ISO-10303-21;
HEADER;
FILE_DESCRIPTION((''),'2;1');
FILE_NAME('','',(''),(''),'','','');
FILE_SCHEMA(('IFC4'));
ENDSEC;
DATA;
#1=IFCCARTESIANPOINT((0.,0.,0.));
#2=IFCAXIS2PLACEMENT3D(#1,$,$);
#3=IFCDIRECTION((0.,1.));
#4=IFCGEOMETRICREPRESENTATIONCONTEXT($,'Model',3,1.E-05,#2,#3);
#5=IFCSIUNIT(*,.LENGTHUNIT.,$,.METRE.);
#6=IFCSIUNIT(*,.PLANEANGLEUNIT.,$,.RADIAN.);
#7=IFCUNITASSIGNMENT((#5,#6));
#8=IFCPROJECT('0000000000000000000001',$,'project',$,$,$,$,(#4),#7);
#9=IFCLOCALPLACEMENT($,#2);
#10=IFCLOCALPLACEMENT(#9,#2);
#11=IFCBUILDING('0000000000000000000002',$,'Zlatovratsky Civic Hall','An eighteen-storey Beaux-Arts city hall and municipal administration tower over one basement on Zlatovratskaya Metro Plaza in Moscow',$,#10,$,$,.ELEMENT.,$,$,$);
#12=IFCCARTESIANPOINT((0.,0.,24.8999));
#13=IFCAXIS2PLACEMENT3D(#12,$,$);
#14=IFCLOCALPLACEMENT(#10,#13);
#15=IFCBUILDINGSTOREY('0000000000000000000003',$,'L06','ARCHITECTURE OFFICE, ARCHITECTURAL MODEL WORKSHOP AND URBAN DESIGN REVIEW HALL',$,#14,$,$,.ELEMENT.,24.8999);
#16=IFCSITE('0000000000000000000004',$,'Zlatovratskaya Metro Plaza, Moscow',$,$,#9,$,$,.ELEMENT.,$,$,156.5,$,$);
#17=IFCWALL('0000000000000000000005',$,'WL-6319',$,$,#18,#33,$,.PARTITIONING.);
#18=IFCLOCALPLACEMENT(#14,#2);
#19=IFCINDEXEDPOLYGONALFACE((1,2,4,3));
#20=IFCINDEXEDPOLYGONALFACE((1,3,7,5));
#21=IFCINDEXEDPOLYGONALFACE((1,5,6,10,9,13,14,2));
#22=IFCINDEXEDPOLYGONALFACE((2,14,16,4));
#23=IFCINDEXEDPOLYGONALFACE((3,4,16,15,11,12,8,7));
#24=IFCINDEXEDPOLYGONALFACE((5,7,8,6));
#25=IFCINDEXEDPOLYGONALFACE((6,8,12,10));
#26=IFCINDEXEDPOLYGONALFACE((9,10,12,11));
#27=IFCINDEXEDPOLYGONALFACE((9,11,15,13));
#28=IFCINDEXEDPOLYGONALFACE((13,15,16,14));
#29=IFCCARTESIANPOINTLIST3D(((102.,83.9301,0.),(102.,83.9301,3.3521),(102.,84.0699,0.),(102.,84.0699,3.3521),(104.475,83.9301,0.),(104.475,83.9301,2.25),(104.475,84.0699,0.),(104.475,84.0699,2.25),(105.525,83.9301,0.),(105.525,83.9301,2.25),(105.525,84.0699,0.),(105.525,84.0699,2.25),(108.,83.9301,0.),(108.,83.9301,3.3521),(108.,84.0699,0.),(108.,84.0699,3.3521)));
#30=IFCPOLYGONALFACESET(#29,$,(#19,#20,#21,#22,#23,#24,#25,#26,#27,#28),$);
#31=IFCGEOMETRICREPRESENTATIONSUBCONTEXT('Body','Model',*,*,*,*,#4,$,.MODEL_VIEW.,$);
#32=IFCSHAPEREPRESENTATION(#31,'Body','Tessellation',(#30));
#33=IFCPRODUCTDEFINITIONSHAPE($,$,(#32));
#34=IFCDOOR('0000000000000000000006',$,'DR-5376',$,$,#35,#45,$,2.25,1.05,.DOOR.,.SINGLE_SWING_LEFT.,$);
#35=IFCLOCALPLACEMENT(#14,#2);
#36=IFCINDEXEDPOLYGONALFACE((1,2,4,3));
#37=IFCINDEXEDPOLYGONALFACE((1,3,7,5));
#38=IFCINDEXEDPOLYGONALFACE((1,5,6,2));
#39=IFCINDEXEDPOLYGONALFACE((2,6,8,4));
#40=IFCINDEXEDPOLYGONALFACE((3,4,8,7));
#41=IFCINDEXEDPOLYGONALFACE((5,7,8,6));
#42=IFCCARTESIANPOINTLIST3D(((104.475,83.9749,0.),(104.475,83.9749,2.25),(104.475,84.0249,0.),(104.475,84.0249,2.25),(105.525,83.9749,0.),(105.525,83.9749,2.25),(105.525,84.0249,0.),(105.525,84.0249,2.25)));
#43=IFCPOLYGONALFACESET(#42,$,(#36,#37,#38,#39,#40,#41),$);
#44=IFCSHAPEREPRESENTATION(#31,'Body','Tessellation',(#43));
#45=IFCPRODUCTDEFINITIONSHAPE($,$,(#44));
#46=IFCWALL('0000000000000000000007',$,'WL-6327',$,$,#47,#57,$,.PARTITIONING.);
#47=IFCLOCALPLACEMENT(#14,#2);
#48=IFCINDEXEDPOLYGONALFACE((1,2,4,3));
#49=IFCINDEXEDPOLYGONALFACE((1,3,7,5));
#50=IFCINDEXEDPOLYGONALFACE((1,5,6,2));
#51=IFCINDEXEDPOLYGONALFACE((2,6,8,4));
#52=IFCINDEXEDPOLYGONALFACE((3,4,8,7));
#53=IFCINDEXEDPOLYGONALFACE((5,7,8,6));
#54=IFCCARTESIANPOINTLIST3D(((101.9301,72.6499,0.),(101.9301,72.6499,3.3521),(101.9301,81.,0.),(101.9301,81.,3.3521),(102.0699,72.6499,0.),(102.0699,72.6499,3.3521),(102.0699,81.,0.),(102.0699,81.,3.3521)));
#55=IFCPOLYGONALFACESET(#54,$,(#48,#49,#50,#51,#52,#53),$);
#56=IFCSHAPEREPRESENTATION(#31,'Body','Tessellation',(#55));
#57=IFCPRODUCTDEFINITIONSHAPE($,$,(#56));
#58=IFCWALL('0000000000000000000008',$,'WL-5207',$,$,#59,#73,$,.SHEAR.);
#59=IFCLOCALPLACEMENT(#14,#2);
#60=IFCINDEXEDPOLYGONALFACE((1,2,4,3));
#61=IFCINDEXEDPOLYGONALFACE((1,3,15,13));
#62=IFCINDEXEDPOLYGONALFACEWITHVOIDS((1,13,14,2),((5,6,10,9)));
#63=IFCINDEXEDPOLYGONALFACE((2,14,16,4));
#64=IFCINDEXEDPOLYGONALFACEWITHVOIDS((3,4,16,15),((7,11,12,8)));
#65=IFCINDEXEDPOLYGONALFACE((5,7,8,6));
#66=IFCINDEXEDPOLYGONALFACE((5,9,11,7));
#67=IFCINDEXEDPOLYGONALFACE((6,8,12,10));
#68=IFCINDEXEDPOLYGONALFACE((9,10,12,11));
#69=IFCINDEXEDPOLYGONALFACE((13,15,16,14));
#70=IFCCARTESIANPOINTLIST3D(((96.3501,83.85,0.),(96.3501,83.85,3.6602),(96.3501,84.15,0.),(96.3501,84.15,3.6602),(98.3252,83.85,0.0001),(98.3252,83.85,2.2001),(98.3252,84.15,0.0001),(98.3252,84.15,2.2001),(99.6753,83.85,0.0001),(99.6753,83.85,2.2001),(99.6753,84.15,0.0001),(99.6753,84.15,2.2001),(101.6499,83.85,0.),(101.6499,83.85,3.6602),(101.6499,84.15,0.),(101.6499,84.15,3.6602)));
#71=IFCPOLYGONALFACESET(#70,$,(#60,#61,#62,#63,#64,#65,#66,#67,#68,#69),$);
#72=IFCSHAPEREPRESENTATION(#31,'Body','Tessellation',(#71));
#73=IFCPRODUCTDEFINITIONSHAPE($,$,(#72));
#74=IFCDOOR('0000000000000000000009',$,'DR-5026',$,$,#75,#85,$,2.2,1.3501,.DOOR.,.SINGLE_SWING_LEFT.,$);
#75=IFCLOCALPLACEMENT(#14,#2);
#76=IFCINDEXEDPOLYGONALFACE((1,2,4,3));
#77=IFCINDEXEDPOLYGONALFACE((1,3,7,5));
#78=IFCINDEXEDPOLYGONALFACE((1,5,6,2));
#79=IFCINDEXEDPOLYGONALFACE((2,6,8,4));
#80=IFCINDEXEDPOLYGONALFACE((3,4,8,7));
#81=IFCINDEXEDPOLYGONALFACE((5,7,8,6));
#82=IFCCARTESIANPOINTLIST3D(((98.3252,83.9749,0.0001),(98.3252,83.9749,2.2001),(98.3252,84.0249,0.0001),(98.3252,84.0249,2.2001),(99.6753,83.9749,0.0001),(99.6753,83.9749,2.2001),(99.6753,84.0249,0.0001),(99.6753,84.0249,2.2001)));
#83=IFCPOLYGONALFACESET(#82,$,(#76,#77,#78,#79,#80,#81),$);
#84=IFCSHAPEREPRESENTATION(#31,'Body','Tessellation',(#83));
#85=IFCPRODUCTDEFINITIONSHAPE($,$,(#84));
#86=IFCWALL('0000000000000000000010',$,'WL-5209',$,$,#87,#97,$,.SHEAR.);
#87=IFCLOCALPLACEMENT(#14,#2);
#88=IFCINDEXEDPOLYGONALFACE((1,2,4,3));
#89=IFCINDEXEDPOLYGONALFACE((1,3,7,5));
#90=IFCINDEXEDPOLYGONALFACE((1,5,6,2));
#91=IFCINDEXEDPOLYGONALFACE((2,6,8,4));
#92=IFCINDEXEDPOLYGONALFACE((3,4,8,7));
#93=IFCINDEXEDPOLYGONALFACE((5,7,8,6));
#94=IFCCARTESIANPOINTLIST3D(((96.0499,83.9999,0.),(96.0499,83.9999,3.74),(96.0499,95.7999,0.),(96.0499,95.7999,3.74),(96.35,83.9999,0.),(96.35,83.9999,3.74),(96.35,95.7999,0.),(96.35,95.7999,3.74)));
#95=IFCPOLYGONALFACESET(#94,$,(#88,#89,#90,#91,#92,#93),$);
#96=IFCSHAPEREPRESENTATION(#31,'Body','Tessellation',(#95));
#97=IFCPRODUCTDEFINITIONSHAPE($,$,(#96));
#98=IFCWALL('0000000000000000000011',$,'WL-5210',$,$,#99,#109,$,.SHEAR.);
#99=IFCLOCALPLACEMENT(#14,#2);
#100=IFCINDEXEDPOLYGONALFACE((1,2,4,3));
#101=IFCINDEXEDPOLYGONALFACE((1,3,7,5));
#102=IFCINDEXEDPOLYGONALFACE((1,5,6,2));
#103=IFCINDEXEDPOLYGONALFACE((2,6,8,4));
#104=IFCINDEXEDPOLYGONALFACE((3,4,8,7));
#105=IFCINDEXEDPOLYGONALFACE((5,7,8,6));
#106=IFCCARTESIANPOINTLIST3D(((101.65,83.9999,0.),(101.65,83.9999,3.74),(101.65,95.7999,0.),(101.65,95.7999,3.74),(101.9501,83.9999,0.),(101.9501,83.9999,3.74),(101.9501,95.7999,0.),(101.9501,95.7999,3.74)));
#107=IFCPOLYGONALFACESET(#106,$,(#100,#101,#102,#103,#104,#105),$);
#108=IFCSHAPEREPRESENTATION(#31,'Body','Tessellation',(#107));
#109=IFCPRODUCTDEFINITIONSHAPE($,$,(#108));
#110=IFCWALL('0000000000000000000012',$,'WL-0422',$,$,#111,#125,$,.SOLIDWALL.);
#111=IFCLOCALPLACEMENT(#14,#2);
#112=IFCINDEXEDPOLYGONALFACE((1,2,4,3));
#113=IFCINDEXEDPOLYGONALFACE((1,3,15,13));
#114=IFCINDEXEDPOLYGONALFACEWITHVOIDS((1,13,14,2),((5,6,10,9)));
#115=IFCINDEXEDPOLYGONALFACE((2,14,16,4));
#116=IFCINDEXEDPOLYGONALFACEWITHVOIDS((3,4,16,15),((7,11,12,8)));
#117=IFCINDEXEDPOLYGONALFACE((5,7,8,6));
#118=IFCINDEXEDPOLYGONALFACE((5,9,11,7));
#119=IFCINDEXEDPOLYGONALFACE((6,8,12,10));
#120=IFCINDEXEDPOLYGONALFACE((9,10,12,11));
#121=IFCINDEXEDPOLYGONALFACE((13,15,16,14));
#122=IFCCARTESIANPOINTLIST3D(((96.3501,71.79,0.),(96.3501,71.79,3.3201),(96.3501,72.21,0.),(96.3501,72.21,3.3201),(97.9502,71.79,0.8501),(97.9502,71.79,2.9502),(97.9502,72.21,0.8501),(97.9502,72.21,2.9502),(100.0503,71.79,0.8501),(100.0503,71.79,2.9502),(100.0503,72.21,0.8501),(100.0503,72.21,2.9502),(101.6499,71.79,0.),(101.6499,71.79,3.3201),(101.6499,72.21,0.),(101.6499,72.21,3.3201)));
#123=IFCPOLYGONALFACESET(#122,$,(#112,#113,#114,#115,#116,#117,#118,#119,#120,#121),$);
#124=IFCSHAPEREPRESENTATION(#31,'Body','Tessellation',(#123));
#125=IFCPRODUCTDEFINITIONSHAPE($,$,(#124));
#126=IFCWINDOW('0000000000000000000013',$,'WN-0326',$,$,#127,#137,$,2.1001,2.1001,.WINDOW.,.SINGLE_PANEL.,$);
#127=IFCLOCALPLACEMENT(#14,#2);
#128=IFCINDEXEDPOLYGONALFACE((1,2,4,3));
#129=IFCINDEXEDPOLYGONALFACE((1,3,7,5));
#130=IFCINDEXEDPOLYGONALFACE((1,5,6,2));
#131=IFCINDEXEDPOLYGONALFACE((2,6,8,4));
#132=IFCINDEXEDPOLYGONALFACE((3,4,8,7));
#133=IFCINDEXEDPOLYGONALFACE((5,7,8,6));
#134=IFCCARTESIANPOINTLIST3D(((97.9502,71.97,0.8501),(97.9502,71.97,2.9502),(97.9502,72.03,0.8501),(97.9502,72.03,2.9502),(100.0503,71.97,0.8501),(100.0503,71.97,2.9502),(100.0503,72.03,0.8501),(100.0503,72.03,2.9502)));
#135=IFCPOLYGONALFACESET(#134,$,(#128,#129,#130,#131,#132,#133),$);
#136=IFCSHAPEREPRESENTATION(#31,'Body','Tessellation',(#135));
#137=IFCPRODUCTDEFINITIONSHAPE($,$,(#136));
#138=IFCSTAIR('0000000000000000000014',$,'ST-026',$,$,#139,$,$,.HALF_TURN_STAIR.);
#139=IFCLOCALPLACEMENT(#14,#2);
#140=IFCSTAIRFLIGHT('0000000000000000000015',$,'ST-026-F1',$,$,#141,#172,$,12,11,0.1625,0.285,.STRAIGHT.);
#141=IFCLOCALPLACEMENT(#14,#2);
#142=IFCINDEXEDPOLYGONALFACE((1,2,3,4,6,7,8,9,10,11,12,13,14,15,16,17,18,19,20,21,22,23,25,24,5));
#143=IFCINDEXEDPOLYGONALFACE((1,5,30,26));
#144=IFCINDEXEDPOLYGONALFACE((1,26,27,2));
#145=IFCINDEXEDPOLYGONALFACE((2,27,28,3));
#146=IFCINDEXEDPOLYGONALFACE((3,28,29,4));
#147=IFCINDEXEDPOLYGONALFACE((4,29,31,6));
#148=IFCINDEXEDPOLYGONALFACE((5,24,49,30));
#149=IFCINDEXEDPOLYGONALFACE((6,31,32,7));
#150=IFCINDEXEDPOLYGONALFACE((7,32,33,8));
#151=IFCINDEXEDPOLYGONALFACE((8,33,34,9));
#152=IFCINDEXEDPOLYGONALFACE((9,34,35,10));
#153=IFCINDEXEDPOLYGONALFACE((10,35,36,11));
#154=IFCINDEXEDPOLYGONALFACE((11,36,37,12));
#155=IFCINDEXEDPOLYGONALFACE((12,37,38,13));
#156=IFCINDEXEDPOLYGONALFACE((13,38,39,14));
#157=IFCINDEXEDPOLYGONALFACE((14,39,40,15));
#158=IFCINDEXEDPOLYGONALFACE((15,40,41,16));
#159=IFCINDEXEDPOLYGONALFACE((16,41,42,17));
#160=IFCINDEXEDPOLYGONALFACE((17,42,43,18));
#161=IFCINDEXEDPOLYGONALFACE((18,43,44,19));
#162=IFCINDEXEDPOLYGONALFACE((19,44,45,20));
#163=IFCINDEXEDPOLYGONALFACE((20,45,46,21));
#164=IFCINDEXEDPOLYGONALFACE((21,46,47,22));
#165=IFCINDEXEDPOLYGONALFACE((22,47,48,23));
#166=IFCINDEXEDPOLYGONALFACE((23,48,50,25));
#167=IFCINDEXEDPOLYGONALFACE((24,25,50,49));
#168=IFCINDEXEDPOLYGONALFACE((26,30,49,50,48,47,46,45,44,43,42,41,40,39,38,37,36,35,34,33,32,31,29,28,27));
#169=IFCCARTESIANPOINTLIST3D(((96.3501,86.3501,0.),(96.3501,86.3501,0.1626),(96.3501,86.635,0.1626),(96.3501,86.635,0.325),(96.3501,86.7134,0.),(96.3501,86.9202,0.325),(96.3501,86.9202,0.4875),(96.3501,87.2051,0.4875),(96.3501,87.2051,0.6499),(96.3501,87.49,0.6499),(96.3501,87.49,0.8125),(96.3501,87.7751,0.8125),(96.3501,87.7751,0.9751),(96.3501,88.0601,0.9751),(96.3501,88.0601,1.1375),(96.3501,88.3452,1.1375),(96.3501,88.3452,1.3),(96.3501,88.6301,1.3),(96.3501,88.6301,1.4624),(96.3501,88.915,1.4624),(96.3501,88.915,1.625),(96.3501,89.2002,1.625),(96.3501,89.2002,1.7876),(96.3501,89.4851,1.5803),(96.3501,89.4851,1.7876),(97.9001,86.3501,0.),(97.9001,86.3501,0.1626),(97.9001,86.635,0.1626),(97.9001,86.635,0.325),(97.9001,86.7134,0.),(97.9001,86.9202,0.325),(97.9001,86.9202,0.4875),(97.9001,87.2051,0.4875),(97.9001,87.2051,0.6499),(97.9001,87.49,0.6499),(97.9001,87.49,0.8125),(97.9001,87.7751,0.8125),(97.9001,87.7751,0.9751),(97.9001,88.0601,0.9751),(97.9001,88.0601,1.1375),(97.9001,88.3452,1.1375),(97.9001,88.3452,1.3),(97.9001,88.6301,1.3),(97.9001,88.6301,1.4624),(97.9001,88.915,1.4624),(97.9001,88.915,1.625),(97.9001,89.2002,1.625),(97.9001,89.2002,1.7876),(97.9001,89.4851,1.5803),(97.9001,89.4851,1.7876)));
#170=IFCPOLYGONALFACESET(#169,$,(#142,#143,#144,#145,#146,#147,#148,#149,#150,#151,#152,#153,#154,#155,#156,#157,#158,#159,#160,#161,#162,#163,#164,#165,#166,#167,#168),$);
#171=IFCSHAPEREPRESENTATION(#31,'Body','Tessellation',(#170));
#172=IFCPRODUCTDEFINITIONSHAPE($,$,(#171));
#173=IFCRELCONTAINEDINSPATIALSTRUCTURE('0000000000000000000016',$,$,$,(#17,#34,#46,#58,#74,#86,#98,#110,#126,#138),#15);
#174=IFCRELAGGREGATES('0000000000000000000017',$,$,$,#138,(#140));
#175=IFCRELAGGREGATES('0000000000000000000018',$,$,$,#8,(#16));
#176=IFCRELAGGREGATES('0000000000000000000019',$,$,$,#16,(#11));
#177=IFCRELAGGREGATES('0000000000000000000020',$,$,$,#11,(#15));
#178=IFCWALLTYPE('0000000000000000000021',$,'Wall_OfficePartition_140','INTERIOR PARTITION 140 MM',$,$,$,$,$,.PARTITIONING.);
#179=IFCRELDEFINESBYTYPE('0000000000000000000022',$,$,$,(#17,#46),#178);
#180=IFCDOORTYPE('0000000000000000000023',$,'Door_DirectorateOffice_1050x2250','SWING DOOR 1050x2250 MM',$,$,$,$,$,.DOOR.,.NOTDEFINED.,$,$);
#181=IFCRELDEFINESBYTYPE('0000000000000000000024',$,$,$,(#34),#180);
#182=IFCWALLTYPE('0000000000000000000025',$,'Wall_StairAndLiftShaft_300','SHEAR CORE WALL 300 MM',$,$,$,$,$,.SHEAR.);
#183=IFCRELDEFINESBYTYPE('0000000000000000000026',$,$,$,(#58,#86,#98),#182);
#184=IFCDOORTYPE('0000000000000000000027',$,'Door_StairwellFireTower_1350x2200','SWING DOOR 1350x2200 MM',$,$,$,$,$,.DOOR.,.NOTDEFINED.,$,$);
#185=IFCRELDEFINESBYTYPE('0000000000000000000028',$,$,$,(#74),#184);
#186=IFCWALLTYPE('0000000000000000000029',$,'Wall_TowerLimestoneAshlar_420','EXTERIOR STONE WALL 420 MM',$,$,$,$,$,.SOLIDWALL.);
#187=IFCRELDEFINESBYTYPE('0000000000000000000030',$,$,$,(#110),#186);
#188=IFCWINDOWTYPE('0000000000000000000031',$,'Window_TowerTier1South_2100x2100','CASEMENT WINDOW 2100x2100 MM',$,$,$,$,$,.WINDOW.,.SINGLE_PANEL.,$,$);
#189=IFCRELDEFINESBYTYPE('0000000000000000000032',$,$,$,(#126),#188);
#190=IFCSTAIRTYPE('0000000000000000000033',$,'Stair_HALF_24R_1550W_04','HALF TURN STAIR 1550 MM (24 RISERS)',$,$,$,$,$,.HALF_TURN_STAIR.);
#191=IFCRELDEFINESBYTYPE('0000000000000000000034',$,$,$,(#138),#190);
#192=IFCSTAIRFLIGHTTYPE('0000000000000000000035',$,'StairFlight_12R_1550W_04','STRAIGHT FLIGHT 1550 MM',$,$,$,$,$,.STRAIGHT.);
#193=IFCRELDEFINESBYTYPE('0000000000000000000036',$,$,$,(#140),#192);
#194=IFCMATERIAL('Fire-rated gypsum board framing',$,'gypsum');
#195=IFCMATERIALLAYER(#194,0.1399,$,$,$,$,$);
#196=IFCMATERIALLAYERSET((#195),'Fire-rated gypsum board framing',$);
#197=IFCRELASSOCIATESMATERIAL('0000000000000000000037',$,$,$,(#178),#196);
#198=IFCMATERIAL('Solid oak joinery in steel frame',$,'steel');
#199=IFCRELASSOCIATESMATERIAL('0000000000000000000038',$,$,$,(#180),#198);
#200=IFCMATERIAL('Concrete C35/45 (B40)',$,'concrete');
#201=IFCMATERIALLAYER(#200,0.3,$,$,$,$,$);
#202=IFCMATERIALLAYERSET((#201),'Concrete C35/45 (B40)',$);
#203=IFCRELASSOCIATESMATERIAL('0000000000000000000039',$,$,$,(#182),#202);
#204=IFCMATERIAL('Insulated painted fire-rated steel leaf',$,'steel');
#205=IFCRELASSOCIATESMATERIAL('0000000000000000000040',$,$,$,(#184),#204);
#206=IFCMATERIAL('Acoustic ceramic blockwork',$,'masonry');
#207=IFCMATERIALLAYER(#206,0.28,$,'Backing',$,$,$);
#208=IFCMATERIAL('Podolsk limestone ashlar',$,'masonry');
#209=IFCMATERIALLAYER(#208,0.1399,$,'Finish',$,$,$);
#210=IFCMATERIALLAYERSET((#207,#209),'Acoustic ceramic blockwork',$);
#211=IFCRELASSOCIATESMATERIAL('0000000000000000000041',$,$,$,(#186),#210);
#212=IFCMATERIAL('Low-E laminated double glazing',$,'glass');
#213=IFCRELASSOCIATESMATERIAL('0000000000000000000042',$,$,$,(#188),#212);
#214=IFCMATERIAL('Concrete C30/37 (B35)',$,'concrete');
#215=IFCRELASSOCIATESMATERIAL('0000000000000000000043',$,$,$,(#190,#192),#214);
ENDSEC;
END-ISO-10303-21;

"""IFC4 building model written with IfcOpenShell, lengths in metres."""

from ifc_helpers import new_model, si_unit, direction, frame, frame_2d, origin, place, context, subcontext, project, spatial, polyline, rectangle, outline, extrude, material, layer, layer_set, type_object, element, fill, aggregate, save


model = new_model("IFC4")

# Units and contexts
model_context = context("Model", 3, precision=1e-05, world=origin(), true_north=direction((0.0, 1.0)))
body_context = subcontext(model_context, "Body", "Model", "MODEL_VIEW")
ifc_project = project(units=[si_unit("LENGTHUNIT", "METRE"), si_unit("PLANEANGLEUNIT", "RADIAN")], contexts=[model_context])

# Site, building, storey
site_placement = place(None, origin())
site = spatial("IfcSite", under=ifc_project, at=site_placement, Name="Zlatovratskaya Metro Plaza, Moscow", CompositionType="ELEMENT", RefElevation=156.5)
building_placement = place(site_placement, origin())
building = spatial("IfcBuilding", under=site, at=building_placement, Name="Zlatovratsky Civic Hall", Description="An eighteen-storey Beaux-Arts city hall and municipal administration tower over one basement on Zlatovratskaya Metro Plaza in Moscow", CompositionType="ELEMENT")
storey_placement = place(building_placement, frame((0.0, 0.0, 24.8999)))
storey = spatial("IfcBuildingStorey", under=building, at=storey_placement, Name="L06", Description="ARCHITECTURE OFFICE, ARCHITECTURAL MODEL WORKSHOP AND URBAN DESIGN REVIEW HALL", CompositionType="ELEMENT", Elevation=24.8999)

# Shared definitions
ifc_material_1 = material(Name="Concrete C35/45 (B40)", Category="concrete")

# Wall, opening, door
ifc_material_2 = material(Name="Fire-rated gypsum board framing", Category="gypsum")
ifc_layer_1 = layer(ifc_material_2, 0.1399)
ifc_layer_set_1 = layer_set([ifc_layer_1], Name="Fire-rated gypsum board framing")
wall_type_1 = type_object("IfcWallType", Name="Wall_OfficePartition_140", Description="INTERIOR PARTITION 140 MM", PredefinedType="PARTITIONING", material=ifc_layer_set_1)
ifc_material_3 = material(Name="Solid oak joinery in steel frame", Category="steel")
wall_1_placement = place(storey_placement, frame((102.0, 84.0, 0.0), z_axis=(0.0, 0.0, 1.0), x_axis=(1.0, 0.0, 0.0)))
wall_1 = element("IfcWall", 1, at=wall_1_placement, inside=storey, type_object=wall_type_1, Name="WL-6319", PredefinedType="PARTITIONING", context=body_context, shape_type="SweptSolid", body=[
    extrude(rectangle(XDim=6.0, YDim=0.1399, at=frame_2d((3.0, 0.0))), origin(), (0.0, 0.0, 1.0), 3.3521),
])
opening_1_placement = place(wall_1_placement, frame((2.4751, 0.0, 0.0)))
opening_1 = element("IfcOpeningElement", 2, at=opening_1_placement, cuts=wall_1, PredefinedType="OPENING", context=body_context, shape_type="SweptSolid", body=[
    extrude(rectangle(XDim=1.05, YDim=2.25, at=frame_2d((0.5249, 1.125))), frame((0.0, 0.085, 0.0), z_axis=(0.0, -1.0, 0.0), x_axis=(1.0, 0.0, 0.0)), (0.0, 0.0, 1.0), 0.1697),
])
door_type_1 = type_object("IfcDoorType", Name="Door_DirectorateOffice_1050x2250", Description="SWING DOOR 1050x2250 MM", OperationType="NOTDEFINED", PredefinedType="DOOR", material=ifc_material_3)
door_1_placement = place(opening_1_placement, origin())
door_1 = element("IfcDoor", 3, at=door_1_placement, inside=storey, type_object=door_type_1, Name="DR-5376", OperationType="SINGLE_SWING_LEFT", OverallHeight=2.25, OverallWidth=1.05, PredefinedType="DOOR", context=body_context, shape_type="SweptSolid", body=[
    extrude(rectangle(XDim=1.05, YDim=2.25, at=frame_2d((0.5249, 1.125))), frame((0.0, 0.0249, 0.0), z_axis=(0.0, -1.0, 0.0), x_axis=(1.0, 0.0, 0.0)), (0.0, 0.0, 1.0), 0.05),
])
fill(opening_1, door_1)

# Wall
wall_2_placement = place(storey_placement, frame((102.0, 72.6499, 0.0), z_axis=(0.0, 0.0, 1.0), x_axis=(0.0, 1.0, 0.0)))
element("IfcWall", 4, at=wall_2_placement, inside=storey, type_object=wall_type_1, Name="WL-6327", PredefinedType="PARTITIONING", context=body_context, shape_type="SweptSolid", body=[
    extrude(rectangle(XDim=8.3501, YDim=0.1399, at=frame_2d((4.175, 0.0))), origin(), (0.0, 0.0, 1.0), 3.3521),
])

# Wall, opening, door
ifc_layer_2 = layer(ifc_material_1, 0.3)
ifc_layer_set_2 = layer_set([ifc_layer_2], Name="Concrete C35/45 (B40)")
wall_type_2 = type_object("IfcWallType", Name="Wall_StairAndLiftShaft_300", Description="SHEAR CORE WALL 300 MM", PredefinedType="SHEAR", material=ifc_layer_set_2)
wall_3_placement = place(storey_placement, frame((96.3501, 84.0, 0.0), z_axis=(0.0, 0.0, 1.0), x_axis=(1.0, 0.0, 0.0)))
wall_3 = element("IfcWall", 5, at=wall_3_placement, inside=storey, type_object=wall_type_2, Name="WL-5207", PredefinedType="SHEAR", context=body_context, shape_type="SweptSolid", body=[
    extrude(rectangle(XDim=5.2998, YDim=0.3, at=frame_2d((2.6499, 0.0))), origin(), (0.0, 0.0, 1.0), 3.6602),
])
opening_2_placement = place(wall_3_placement, frame((1.9751, 0.0, 0.0)))
opening_2 = element("IfcOpeningElement", 6, at=opening_2_placement, cuts=wall_3, PredefinedType="OPENING", context=body_context, shape_type="SweptSolid", body=[
    extrude(rectangle(XDim=1.3501, YDim=2.2, at=frame_2d((0.675, 1.1001))), frame((0.0, 0.165, 0.0), z_axis=(0.0, -1.0, 0.0), x_axis=(1.0, 0.0, 0.0)), (0.0, 0.0, 1.0), 0.3298),
])
ifc_material_4 = material(Name="Insulated painted fire-rated steel leaf", Category="steel")
door_type_2 = type_object("IfcDoorType", Name="Door_StairwellFireTower_1350x2200", Description="SWING DOOR 1350x2200 MM", OperationType="NOTDEFINED", PredefinedType="DOOR", material=ifc_material_4)
door_2_placement = place(opening_2_placement, origin())
door_2 = element("IfcDoor", 7, at=door_2_placement, inside=storey, type_object=door_type_2, Name="DR-5026", OperationType="SINGLE_SWING_LEFT", OverallHeight=2.2, OverallWidth=1.3501, PredefinedType="DOOR", context=body_context, shape_type="SweptSolid", body=[
    extrude(rectangle(XDim=1.3501, YDim=2.2, at=frame_2d((0.675, 1.1001))), frame((0.0, 0.0249, 0.0), z_axis=(0.0, -1.0, 0.0), x_axis=(1.0, 0.0, 0.0)), (0.0, 0.0, 1.0), 0.05),
])
fill(opening_2, door_2)

# Walls
for number, where, z_axis, x_axis, name in (
    (8, (96.2, 84.0, 0.0), (0.0, 0.0, 1.0), (0.0, 1.0, 0.0), "WL-5209"),
    (9, (101.8, 84.0, 0.0), (0.0, 0.0, 1.0), (0.0, 1.0, 0.0), "WL-5210"),
):
    element("IfcWall", number, at=place(storey_placement, frame(where, z_axis=z_axis, x_axis=x_axis)), inside=storey, type_object=wall_type_2, Name=name, PredefinedType="SHEAR", context=body_context, shape_type="SweptSolid", body=[
        extrude(rectangle(XDim=11.8, YDim=0.3, at=frame_2d((5.8999, 0.0))), origin(), (0.0, 0.0, 1.0), 3.74),
    ])

# Wall, opening, window
ifc_material_5 = material(Name="Acoustic ceramic blockwork", Category="masonry")
ifc_layer_3 = layer(ifc_material_5, 0.28, Name="Backing")
ifc_material_6 = material(Name="Podolsk limestone ashlar", Category="masonry")
ifc_layer_4 = layer(ifc_material_6, 0.1399, Name="Finish")
ifc_layer_set_3 = layer_set([ifc_layer_3, ifc_layer_4], Name="Acoustic ceramic blockwork")
wall_type_3 = type_object("IfcWallType", Name="Wall_TowerLimestoneAshlar_420", Description="EXTERIOR STONE WALL 420 MM", PredefinedType="SOLIDWALL", material=ifc_layer_set_3)
wall_4_placement = place(storey_placement, frame((96.3501, 72.0, 0.0), z_axis=(0.0, 0.0, 1.0), x_axis=(1.0, 0.0, 0.0)))
wall_4 = element("IfcWall", 10, at=wall_4_placement, inside=storey, type_object=wall_type_3, Name="WL-0422", PredefinedType="SOLIDWALL", context=body_context, shape_type="SweptSolid", body=[
    extrude(rectangle(XDim=5.2998, YDim=0.4199, at=frame_2d((2.6499, 0.0))), origin(), (0.0, 0.0, 1.0), 3.3201),
])
opening_3_placement = place(wall_4_placement, frame((1.6001, 0.0, 0.8501)))
opening_3 = element("IfcOpeningElement", 11, at=opening_3_placement, cuts=wall_4, PredefinedType="OPENING", context=body_context, shape_type="SweptSolid", body=[
    extrude(rectangle(XDim=2.1001, YDim=2.1001, at=frame_2d((1.05, 1.05))), frame((0.0, 0.2249, 0.0), z_axis=(0.0, -1.0, 0.0), x_axis=(1.0, 0.0, 0.0)), (0.0, 0.0, 1.0), 0.4497),
])
ifc_material_7 = material(Name="Low-E laminated double glazing", Category="glass")
window_type = type_object("IfcWindowType", Name="Window_TowerTier1South_2100x2100", Description="CASEMENT WINDOW 2100x2100 MM", PartitioningType="SINGLE_PANEL", PredefinedType="WINDOW", material=ifc_material_7)
window_placement = place(opening_3_placement, origin())
window = element("IfcWindow", 12, at=window_placement, inside=storey, type_object=window_type, Name="WN-0326", OverallHeight=2.1001, OverallWidth=2.1001, PartitioningType="SINGLE_PANEL", PredefinedType="WINDOW", context=body_context, shape_type="SweptSolid", body=[
    extrude(rectangle(XDim=2.1001, YDim=2.1001, at=frame_2d((1.05, 1.05))), frame((0.0, 0.03, 0.0), z_axis=(0.0, -1.0, 0.0), x_axis=(1.0, 0.0, 0.0)), (0.0, 0.0, 1.0), 0.0601),
])
fill(opening_3, window)

# Stair, stair flight
ifc_material_8 = material(Name="Concrete C30/37 (B35)", Category="concrete")
stair_type = type_object("IfcStairType", Name="Stair_HALF_24R_1550W_04", Description="HALF TURN STAIR 1550 MM (24 RISERS)", PredefinedType="HALF_TURN_STAIR", material=ifc_material_8)
stair_placement = place(storey_placement, origin())
stair = element("IfcStair", 13, at=stair_placement, inside=storey, type_object=stair_type, Name="ST-026", PredefinedType="HALF_TURN_STAIR")
stair_flight_type = type_object("IfcStairFlightType", Name="StairFlight_12R_1550W_04", Description="STRAIGHT FLIGHT 1550 MM", PredefinedType="STRAIGHT", material=ifc_material_8)
stair_flight_1_placement = place(storey_placement, frame((97.125, 86.3501, 0.0), z_axis=(0.0, 0.0, 1.0), x_axis=(0.0, 1.0, 0.0)))
stair_flight_1 = element("IfcStairFlight", 14, at=stair_flight_1_placement, type_object=stair_flight_type, Name="ST-026-F1", NumberOfRisers=12, NumberOfTreads=11, PredefinedType="STRAIGHT", RiserHeight=0.1625, TreadLength=0.285, context=body_context, shape_type="SweptSolid", body=[
    extrude(outline(polyline([(0.0, 0.0), (0.0, 0.1626), (0.2849, 0.1626), (0.2849, 0.325), (0.5701, 0.325), (0.5701, 0.4875), (0.855, 0.4875), (0.855, 0.6499), (1.1399, 0.6499), (1.1399, 0.8125), (1.425, 0.8125), (1.425, 0.9751), (1.71, 0.9751), (1.71, 1.1375), (1.9951, 1.1375), (1.9951, 1.3), (2.28, 1.3), (2.28, 1.4624), (2.5649, 1.4624), (2.5649, 1.625), (2.8501, 1.625), (2.8501, 1.7876), (3.135, 1.7876), (3.135, 1.95), (3.135, 1.5803), (0.3633, 0.0), (0.0, 0.0)])), frame((0.0, 0.7749, 0.0), z_axis=(0.0, -1.0, 0.0), x_axis=(1.0, 0.0, 0.0)), (0.0, 0.0, 1.0), 1.55),
])
aggregate(stair, [stair_flight_1])

save(model, "model.ifc")
